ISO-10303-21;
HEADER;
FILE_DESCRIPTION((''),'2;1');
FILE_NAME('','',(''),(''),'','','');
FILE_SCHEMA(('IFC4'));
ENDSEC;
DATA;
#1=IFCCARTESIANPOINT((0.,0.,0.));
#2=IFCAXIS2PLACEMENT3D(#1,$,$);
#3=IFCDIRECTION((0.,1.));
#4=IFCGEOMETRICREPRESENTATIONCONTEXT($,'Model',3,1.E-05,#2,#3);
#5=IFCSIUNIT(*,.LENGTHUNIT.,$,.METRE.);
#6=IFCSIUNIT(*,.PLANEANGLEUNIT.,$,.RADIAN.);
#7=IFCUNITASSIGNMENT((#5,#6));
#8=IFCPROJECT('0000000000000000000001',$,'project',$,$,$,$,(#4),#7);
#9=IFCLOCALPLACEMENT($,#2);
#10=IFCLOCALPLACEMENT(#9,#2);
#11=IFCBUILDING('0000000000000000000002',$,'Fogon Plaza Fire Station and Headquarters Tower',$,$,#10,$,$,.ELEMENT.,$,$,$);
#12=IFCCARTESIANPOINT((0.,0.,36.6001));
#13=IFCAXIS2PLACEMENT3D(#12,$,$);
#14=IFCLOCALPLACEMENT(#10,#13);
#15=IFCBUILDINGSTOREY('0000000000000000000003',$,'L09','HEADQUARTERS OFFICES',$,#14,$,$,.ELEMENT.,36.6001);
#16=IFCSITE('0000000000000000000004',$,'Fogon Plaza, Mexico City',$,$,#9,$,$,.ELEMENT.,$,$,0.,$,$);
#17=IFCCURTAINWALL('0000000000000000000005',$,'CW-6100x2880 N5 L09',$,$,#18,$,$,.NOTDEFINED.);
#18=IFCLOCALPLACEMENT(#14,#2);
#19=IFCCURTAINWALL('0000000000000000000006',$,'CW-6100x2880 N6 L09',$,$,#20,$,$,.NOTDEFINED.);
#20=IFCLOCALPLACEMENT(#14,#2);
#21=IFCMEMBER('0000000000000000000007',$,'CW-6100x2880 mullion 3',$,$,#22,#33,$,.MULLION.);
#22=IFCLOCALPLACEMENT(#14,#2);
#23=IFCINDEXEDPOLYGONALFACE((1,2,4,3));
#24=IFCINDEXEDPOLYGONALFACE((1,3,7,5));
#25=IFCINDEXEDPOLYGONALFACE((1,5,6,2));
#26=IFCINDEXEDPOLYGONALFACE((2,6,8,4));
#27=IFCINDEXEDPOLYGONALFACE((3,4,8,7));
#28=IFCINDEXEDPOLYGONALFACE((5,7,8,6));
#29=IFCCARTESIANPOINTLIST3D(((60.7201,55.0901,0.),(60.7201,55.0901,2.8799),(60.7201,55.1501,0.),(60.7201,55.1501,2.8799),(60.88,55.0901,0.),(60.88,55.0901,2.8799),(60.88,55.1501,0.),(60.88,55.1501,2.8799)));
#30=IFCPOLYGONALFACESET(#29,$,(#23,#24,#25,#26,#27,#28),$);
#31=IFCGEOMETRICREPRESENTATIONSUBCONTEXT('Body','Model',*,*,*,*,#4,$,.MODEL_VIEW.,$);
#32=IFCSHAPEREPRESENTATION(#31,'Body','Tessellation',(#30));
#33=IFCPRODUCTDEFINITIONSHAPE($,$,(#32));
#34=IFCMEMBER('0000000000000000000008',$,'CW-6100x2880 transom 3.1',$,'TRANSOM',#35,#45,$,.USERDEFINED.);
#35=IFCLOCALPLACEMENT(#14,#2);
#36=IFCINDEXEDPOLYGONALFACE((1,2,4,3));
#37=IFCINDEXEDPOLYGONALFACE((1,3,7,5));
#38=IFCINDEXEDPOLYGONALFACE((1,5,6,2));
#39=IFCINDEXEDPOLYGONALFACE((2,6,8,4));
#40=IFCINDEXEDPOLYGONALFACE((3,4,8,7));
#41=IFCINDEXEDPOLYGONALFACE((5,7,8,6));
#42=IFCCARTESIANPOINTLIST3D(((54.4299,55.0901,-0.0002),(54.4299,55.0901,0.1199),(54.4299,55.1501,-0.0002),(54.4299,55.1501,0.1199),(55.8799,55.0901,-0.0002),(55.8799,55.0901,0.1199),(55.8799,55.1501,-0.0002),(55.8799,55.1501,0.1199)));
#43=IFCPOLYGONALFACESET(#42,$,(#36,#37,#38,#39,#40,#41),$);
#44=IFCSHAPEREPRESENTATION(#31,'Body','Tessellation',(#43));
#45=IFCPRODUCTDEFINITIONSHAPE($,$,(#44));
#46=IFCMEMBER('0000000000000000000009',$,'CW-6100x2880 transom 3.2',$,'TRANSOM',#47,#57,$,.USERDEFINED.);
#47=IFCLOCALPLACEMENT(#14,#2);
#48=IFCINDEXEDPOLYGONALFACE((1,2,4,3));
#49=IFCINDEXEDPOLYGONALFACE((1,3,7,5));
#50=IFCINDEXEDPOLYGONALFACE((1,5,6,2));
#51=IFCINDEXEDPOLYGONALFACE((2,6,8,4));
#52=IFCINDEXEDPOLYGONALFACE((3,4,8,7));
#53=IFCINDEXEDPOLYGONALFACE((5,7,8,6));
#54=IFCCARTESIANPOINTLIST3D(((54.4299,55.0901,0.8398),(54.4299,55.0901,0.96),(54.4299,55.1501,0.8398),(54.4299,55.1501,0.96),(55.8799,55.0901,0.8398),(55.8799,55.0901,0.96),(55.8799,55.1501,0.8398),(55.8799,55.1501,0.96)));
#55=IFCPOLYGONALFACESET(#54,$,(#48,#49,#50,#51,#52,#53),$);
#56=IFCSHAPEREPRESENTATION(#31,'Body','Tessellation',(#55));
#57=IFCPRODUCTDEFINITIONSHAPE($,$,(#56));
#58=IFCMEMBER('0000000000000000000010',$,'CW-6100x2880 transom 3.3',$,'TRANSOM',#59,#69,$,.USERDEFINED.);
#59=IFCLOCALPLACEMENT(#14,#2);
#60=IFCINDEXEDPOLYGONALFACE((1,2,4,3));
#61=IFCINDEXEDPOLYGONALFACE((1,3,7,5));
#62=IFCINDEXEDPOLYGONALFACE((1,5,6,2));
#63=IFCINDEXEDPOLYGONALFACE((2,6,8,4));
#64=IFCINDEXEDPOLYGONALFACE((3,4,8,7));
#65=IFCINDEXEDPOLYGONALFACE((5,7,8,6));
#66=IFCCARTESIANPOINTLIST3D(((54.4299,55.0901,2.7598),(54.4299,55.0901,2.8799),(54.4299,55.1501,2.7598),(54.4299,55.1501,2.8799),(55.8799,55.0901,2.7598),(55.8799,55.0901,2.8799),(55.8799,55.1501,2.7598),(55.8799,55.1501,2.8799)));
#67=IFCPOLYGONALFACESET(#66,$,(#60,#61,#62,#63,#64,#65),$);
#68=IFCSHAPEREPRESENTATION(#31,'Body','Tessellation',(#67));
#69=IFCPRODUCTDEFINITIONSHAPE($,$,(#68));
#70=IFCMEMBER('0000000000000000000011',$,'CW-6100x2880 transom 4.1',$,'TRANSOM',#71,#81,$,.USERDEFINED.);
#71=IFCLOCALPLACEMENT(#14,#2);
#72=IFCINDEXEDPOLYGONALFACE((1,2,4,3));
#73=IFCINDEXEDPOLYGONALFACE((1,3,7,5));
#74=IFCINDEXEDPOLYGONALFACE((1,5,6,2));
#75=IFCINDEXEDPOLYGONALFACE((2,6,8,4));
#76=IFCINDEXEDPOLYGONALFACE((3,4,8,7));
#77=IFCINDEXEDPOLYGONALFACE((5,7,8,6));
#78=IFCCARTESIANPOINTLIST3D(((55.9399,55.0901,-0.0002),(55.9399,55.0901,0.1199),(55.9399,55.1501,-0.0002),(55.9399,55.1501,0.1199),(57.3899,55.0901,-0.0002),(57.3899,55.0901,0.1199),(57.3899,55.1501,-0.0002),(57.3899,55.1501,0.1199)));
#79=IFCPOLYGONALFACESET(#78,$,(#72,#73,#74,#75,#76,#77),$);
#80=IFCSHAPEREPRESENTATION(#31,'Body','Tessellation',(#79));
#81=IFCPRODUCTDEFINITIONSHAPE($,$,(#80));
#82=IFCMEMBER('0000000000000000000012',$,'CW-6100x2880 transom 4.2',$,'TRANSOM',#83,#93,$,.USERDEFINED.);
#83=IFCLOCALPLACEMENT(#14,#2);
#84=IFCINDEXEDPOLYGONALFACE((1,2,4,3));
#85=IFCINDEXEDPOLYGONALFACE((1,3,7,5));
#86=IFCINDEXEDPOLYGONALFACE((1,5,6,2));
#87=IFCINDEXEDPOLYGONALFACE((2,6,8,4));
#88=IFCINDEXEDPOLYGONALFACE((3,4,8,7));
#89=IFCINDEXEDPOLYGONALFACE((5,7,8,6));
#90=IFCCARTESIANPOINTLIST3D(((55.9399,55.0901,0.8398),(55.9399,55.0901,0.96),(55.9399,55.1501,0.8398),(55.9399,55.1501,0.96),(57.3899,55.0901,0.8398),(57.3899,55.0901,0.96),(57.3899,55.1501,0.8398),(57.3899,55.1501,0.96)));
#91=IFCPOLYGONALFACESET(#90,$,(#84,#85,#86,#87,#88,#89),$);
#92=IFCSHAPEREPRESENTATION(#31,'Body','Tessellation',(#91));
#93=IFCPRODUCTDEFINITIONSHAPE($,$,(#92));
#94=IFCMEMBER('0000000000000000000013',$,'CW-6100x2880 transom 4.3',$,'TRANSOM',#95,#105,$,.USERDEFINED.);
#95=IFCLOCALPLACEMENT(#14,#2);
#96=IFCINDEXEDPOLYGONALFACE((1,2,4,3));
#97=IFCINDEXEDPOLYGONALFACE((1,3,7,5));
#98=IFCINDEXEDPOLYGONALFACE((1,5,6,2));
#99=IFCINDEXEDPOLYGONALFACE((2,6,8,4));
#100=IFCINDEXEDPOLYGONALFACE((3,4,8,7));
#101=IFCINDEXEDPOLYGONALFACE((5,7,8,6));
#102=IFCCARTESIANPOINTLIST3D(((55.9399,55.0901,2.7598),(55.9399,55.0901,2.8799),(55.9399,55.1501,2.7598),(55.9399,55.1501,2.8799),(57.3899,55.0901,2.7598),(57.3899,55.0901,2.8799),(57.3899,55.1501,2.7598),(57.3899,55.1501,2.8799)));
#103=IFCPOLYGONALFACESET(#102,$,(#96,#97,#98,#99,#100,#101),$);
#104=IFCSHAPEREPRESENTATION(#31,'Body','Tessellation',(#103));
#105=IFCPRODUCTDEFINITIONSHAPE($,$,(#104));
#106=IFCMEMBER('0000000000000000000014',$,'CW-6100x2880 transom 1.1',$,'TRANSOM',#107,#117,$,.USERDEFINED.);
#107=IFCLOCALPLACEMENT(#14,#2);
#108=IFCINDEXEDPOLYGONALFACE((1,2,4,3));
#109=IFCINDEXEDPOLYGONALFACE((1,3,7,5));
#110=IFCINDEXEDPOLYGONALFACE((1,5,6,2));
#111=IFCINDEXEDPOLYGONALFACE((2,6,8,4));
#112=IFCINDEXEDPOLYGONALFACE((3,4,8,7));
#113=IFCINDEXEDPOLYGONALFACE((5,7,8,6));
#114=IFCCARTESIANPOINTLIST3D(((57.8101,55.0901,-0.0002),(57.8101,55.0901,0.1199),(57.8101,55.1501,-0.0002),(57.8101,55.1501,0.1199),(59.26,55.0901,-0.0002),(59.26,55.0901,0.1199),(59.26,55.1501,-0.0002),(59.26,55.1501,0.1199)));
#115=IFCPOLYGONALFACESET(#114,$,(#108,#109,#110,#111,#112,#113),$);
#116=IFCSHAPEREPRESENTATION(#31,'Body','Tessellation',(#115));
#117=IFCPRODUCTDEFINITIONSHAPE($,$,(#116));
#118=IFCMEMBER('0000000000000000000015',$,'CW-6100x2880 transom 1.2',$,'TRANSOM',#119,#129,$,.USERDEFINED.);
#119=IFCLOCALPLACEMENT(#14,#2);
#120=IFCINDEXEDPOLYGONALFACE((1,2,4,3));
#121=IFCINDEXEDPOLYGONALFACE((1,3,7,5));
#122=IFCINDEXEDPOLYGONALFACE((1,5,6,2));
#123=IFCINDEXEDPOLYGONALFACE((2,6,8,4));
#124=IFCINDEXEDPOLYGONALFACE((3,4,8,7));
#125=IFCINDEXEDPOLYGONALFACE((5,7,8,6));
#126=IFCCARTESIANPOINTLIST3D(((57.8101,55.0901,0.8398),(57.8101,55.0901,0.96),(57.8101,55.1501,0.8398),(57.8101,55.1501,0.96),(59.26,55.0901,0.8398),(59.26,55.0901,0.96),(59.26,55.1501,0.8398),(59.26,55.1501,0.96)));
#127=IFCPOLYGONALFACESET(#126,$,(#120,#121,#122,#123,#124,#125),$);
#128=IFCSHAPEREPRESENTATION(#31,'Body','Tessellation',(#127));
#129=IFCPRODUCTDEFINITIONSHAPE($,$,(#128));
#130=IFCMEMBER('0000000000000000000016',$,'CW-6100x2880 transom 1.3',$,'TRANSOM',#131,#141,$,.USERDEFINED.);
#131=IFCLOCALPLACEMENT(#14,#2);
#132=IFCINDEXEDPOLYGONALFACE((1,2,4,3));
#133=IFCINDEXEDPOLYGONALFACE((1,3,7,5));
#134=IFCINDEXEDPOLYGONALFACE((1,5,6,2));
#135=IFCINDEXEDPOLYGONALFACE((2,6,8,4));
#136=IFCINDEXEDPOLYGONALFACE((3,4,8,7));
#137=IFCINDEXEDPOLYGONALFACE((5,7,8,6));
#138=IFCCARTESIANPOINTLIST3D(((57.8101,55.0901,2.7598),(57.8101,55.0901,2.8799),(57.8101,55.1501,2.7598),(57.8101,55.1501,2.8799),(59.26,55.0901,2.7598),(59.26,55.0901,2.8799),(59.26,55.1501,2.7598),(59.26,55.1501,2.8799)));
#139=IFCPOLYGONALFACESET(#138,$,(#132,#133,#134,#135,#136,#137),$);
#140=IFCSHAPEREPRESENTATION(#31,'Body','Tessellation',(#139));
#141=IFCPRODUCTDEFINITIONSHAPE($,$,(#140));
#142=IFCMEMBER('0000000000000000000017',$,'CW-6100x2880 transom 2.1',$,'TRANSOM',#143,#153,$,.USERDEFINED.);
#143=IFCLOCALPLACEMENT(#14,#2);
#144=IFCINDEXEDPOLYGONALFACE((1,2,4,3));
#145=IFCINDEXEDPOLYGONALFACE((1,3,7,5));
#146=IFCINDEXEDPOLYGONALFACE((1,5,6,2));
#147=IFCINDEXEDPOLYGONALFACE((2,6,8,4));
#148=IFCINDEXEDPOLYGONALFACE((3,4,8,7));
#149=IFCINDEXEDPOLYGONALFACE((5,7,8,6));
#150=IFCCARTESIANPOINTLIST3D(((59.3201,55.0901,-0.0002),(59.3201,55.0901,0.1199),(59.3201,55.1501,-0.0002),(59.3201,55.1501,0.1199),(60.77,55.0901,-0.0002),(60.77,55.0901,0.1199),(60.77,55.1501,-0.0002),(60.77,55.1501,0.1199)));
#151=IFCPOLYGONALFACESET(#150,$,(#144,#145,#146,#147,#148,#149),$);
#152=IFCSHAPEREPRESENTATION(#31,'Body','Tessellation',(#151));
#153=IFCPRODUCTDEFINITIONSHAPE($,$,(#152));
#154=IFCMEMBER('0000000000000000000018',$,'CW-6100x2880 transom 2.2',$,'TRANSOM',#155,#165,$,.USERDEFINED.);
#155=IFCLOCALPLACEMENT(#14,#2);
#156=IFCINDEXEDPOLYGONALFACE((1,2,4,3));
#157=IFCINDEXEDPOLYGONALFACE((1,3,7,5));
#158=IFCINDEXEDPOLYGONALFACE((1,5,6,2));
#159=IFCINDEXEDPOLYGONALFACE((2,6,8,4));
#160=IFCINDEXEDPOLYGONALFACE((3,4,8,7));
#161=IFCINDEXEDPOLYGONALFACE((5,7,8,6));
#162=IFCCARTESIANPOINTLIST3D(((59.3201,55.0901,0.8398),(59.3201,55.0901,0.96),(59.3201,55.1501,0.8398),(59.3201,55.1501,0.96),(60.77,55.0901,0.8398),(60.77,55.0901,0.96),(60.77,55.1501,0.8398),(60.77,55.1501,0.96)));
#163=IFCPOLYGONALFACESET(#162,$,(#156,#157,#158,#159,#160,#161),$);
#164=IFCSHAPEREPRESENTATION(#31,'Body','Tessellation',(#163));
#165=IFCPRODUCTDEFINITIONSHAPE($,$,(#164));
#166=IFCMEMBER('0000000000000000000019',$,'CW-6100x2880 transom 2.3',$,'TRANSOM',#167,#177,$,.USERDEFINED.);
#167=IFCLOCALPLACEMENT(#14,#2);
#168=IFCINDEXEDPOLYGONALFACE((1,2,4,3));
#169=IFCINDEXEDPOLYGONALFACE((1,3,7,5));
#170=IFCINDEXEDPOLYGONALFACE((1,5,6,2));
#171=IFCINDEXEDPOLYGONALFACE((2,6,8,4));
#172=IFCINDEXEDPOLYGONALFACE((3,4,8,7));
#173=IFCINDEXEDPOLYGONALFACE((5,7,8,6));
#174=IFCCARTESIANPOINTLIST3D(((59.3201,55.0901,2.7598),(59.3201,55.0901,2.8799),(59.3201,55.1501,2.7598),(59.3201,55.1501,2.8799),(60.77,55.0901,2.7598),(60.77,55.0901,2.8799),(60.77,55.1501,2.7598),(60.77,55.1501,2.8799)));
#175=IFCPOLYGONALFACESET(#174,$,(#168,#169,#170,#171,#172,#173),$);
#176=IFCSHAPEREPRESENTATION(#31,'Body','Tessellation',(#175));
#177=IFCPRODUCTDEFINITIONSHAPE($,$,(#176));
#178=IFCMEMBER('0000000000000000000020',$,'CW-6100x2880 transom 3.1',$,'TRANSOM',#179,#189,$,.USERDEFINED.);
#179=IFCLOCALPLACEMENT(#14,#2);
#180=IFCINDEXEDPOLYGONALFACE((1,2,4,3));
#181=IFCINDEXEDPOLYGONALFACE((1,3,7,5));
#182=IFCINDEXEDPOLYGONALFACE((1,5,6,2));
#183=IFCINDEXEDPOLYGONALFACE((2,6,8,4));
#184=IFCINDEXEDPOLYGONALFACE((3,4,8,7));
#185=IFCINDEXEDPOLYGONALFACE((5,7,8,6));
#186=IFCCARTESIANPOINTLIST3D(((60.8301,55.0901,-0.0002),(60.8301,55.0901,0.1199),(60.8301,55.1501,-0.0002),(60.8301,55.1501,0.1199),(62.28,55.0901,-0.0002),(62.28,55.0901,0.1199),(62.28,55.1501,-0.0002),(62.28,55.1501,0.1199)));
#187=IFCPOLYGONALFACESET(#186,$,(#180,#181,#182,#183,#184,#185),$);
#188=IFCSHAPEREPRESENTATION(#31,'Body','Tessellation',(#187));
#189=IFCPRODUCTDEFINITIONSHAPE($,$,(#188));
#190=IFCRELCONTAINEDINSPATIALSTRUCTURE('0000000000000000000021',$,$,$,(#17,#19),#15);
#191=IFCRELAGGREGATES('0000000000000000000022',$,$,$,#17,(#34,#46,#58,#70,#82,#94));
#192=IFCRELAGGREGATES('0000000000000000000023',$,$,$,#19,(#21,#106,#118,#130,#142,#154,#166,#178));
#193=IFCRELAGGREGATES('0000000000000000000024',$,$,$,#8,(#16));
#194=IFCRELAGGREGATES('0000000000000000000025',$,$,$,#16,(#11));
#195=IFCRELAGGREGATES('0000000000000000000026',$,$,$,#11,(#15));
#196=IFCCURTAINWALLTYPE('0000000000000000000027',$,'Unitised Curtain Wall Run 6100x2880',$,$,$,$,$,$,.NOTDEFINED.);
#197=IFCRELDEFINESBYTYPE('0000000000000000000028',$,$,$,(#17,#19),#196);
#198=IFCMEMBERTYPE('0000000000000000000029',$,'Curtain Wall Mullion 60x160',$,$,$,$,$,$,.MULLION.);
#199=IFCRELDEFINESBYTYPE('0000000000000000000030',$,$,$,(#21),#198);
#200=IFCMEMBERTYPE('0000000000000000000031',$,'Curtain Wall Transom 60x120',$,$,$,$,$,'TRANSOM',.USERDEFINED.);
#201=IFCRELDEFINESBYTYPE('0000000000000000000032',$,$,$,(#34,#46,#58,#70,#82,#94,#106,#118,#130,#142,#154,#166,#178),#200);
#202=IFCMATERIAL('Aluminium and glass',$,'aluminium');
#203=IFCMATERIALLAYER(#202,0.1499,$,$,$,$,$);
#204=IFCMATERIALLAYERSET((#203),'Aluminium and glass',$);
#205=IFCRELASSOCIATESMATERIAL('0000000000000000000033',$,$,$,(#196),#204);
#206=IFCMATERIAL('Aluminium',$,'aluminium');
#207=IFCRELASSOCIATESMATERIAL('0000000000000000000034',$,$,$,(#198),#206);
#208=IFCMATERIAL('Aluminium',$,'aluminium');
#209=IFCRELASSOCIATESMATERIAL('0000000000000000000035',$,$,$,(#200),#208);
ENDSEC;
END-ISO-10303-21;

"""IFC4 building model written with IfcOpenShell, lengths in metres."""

from ifc_helpers import new_model, si_unit, direction, frame, origin, origin_2d, place, context, subcontext, project, spatial, rectangle, extrude, material, layer, layer_set, material_profile, profile_set, type_object, element, aggregate, save


model = new_model("IFC4")

# Units and contexts
model_context = context("Model", 3, precision=1e-05, world=origin(), true_north=direction((0.0, 1.0)))
body_context = subcontext(model_context, "Body", "Model", "MODEL_VIEW")
ifc_project = project(units=[si_unit("LENGTHUNIT", "METRE"), si_unit("PLANEANGLEUNIT", "RADIAN")], contexts=[model_context])

# Site, building, storey
site_placement = place(None, origin())
site = spatial("IfcSite", under=ifc_project, at=site_placement, Name="Fogon Plaza, Mexico City", CompositionType="ELEMENT", RefElevation=0.0)
building_placement = place(site_placement, origin())
building = spatial("IfcBuilding", under=site, at=building_placement, Name="Fogon Plaza Fire Station and Headquarters Tower", CompositionType="ELEMENT")
storey_placement = place(building_placement, frame((0.0, 0.0, 36.6001)))
storey = spatial("IfcBuildingStorey", under=building, at=storey_placement, Name="L09", Description="HEADQUARTERS OFFICES", CompositionType="ELEMENT", Elevation=36.6001)

# Curtain walls, member
ifc_material_1 = material(Name="Aluminium and glass", Category="aluminium")
ifc_layer_1 = layer(ifc_material_1, 0.1499)
ifc_layer_set_1 = layer_set([ifc_layer_1], Name="Aluminium and glass")
curtain_wall_type = type_object("IfcCurtainWallType", Name="Unitised Curtain Wall Run 6100x2880", PredefinedType="NOTDEFINED", material=ifc_layer_set_1)
curtain_wall_1_placement = place(storey_placement, origin())
curtain_wall_1 = element("IfcCurtainWall", 1, at=curtain_wall_1_placement, inside=storey, type_object=curtain_wall_type, Name="CW-6100x2880 N5 L09", PredefinedType="NOTDEFINED")
ifc_material_2 = material(Name="Aluminium", Category="aluminium")
ifc_material_profile_1 = material_profile(ifc_material_2, rectangle(XDim=0.0601, YDim=0.1599, at=origin_2d()), Name="Curtain Wall Mullion 60x160")
ifc_profile_set_1 = profile_set([ifc_material_profile_1], Name="Aluminium")
member_type_1 = type_object("IfcMemberType", Name="Curtain Wall Mullion 60x160", PredefinedType="MULLION", material=ifc_profile_set_1)
curtain_wall_2_placement = place(storey_placement, origin())
curtain_wall_2 = element("IfcCurtainWall", 2, at=curtain_wall_2_placement, inside=storey, type_object=curtain_wall_type, Name="CW-6100x2880 N6 L09", PredefinedType="NOTDEFINED")
member_1_placement = place(storey_placement, frame((60.8, 55.1201, 0.0), z_axis=(0.0, 0.0, 1.0), x_axis=(0.0, 1.0, 0.0)))
member_1 = element("IfcMember", 3, at=member_1_placement, type_object=member_type_1, Name="CW-6100x2880 mullion 3", PredefinedType="MULLION", context=body_context, shape_type="SweptSolid", body=[
    extrude(rectangle(XDim=0.0601, YDim=0.1599, at=origin_2d()), origin(), (0.0, 0.0, 1.0), 2.8799),
])

# Members
ifc_material_3 = material(Name="Aluminium", Category="aluminium")
ifc_material_profile_2 = material_profile(ifc_material_3, rectangle(XDim=0.0601, YDim=0.1201, at=origin_2d()), Name="Curtain Wall Transom 60x120")
ifc_profile_set_2 = profile_set([ifc_material_profile_2], Name="Aluminium")
member_type_2 = type_object("IfcMemberType", Name="Curtain Wall Transom 60x120", ElementType="TRANSOM", PredefinedType="USERDEFINED", material=ifc_profile_set_2)
member_2_placement = place(storey_placement, frame((54.4299, 55.1201, 0.0598), z_axis=(1.0, 0.0, 0.0), x_axis=(0.0, 1.0, 0.0)))
member_2 = element("IfcMember", 4, at=member_2_placement, type_object=member_type_2, Name="CW-6100x2880 transom 3.1", ObjectType="TRANSOM", PredefinedType="USERDEFINED", context=body_context, shape_type="SweptSolid", body=[
    extrude(rectangle(XDim=0.0601, YDim=0.1201, at=origin_2d()), origin(), (0.0, 0.0, 1.0), 1.45),
])
member_3_placement = place(storey_placement, frame((54.4299, 55.1201, 0.8999), z_axis=(1.0, 0.0, 0.0), x_axis=(0.0, 1.0, 0.0)))
member_3 = element("IfcMember", 5, at=member_3_placement, type_object=member_type_2, Name="CW-6100x2880 transom 3.2", ObjectType="TRANSOM", PredefinedType="USERDEFINED", context=body_context, shape_type="SweptSolid", body=[
    extrude(rectangle(XDim=0.0601, YDim=0.1201, at=origin_2d()), origin(), (0.0, 0.0, 1.0), 1.45),
])
member_4_placement = place(storey_placement, frame((54.4299, 55.1201, 2.8198), z_axis=(1.0, 0.0, 0.0), x_axis=(0.0, 1.0, 0.0)))
member_4 = element("IfcMember", 6, at=member_4_placement, type_object=member_type_2, Name="CW-6100x2880 transom 3.3", ObjectType="TRANSOM", PredefinedType="USERDEFINED", context=body_context, shape_type="SweptSolid", body=[
    extrude(rectangle(XDim=0.0601, YDim=0.1201, at=origin_2d()), origin(), (0.0, 0.0, 1.0), 1.45),
])
member_5_placement = place(storey_placement, frame((55.9399, 55.1201, 0.0598), z_axis=(1.0, 0.0, 0.0), x_axis=(0.0, 1.0, 0.0)))
member_5 = element("IfcMember", 7, at=member_5_placement, type_object=member_type_2, Name="CW-6100x2880 transom 4.1", ObjectType="TRANSOM", PredefinedType="USERDEFINED", context=body_context, shape_type="SweptSolid", body=[
    extrude(rectangle(XDim=0.0601, YDim=0.1201, at=origin_2d()), origin(), (0.0, 0.0, 1.0), 1.45),
])
member_6_placement = place(storey_placement, frame((55.9399, 55.1201, 0.8999), z_axis=(1.0, 0.0, 0.0), x_axis=(0.0, 1.0, 0.0)))
member_6 = element("IfcMember", 8, at=member_6_placement, type_object=member_type_2, Name="CW-6100x2880 transom 4.2", ObjectType="TRANSOM", PredefinedType="USERDEFINED", context=body_context, shape_type="SweptSolid", body=[
    extrude(rectangle(XDim=0.0601, YDim=0.1201, at=origin_2d()), origin(), (0.0, 0.0, 1.0), 1.45),
])
member_7_placement = place(storey_placement, frame((55.9399, 55.1201, 2.8198), z_axis=(1.0, 0.0, 0.0), x_axis=(0.0, 1.0, 0.0)))
member_7 = element("IfcMember", 9, at=member_7_placement, type_object=member_type_2, Name="CW-6100x2880 transom 4.3", ObjectType="TRANSOM", PredefinedType="USERDEFINED", context=body_context, shape_type="SweptSolid", body=[
    extrude(rectangle(XDim=0.0601, YDim=0.1201, at=origin_2d()), origin(), (0.0, 0.0, 1.0), 1.45),
])
member_8_placement = place(storey_placement, frame((57.8101, 55.1201, 0.0598), z_axis=(1.0, 0.0, 0.0), x_axis=(0.0, 1.0, 0.0)))
member_8 = element("IfcMember", 10, at=member_8_placement, type_object=member_type_2, Name="CW-6100x2880 transom 1.1", ObjectType="TRANSOM", PredefinedType="USERDEFINED", context=body_context, shape_type="SweptSolid", body=[
    extrude(rectangle(XDim=0.0601, YDim=0.1201, at=origin_2d()), origin(), (0.0, 0.0, 1.0), 1.45),
])
member_9_placement = place(storey_placement, frame((57.8101, 55.1201, 0.8999), z_axis=(1.0, 0.0, 0.0), x_axis=(0.0, 1.0, 0.0)))
member_9 = element("IfcMember", 11, at=member_9_placement, type_object=member_type_2, Name="CW-6100x2880 transom 1.2", ObjectType="TRANSOM", PredefinedType="USERDEFINED", context=body_context, shape_type="SweptSolid", body=[
    extrude(rectangle(XDim=0.0601, YDim=0.1201, at=origin_2d()), origin(), (0.0, 0.0, 1.0), 1.45),
])
member_10_placement = place(storey_placement, frame((57.8101, 55.1201, 2.8198), z_axis=(1.0, 0.0, 0.0), x_axis=(0.0, 1.0, 0.0)))
member_10 = element("IfcMember", 12, at=member_10_placement, type_object=member_type_2, Name="CW-6100x2880 transom 1.3", ObjectType="TRANSOM", PredefinedType="USERDEFINED", context=body_context, shape_type="SweptSolid", body=[
    extrude(rectangle(XDim=0.0601, YDim=0.1201, at=origin_2d()), origin(), (0.0, 0.0, 1.0), 1.45),
])
member_11_placement = place(storey_placement, frame((59.3201, 55.1201, 0.0598), z_axis=(1.0, 0.0, 0.0), x_axis=(0.0, 1.0, 0.0)))
member_11 = element("IfcMember", 13, at=member_11_placement, type_object=member_type_2, Name="CW-6100x2880 transom 2.1", ObjectType="TRANSOM", PredefinedType="USERDEFINED", context=body_context, shape_type="SweptSolid", body=[
    extrude(rectangle(XDim=0.0601, YDim=0.1201, at=origin_2d()), origin(), (0.0, 0.0, 1.0), 1.45),
])
member_12_placement = place(storey_placement, frame((59.3201, 55.1201, 0.8999), z_axis=(1.0, 0.0, 0.0), x_axis=(0.0, 1.0, 0.0)))
member_12 = element("IfcMember", 14, at=member_12_placement, type_object=member_type_2, Name="CW-6100x2880 transom 2.2", ObjectType="TRANSOM", PredefinedType="USERDEFINED", context=body_context, shape_type="SweptSolid", body=[
    extrude(rectangle(XDim=0.0601, YDim=0.1201, at=origin_2d()), origin(), (0.0, 0.0, 1.0), 1.45),
])
member_13_placement = place(storey_placement, frame((59.3201, 55.1201, 2.8198), z_axis=(1.0, 0.0, 0.0), x_axis=(0.0, 1.0, 0.0)))
member_13 = element("IfcMember", 15, at=member_13_placement, type_object=member_type_2, Name="CW-6100x2880 transom 2.3", ObjectType="TRANSOM", PredefinedType="USERDEFINED", context=body_context, shape_type="SweptSolid", body=[
    extrude(rectangle(XDim=0.0601, YDim=0.1201, at=origin_2d()), origin(), (0.0, 0.0, 1.0), 1.45),
])
member_14_placement = place(storey_placement, frame((60.8301, 55.1201, 0.0598), z_axis=(1.0, 0.0, 0.0), x_axis=(0.0, 1.0, 0.0)))
member_14 = element("IfcMember", 16, at=member_14_placement, type_object=member_type_2, Name="CW-6100x2880 transom 3.1", ObjectType="TRANSOM", PredefinedType="USERDEFINED", context=body_context, shape_type="SweptSolid", body=[
    extrude(rectangle(XDim=0.0601, YDim=0.1201, at=origin_2d()), origin(), (0.0, 0.0, 1.0), 1.45),
])

aggregate(curtain_wall_1, [member_2, member_3, member_4, member_5, member_6, member_7])
aggregate(curtain_wall_2, [member_1, member_8, member_9, member_10, member_11, member_12, member_13, member_14])

save(model, "model.ifc")
